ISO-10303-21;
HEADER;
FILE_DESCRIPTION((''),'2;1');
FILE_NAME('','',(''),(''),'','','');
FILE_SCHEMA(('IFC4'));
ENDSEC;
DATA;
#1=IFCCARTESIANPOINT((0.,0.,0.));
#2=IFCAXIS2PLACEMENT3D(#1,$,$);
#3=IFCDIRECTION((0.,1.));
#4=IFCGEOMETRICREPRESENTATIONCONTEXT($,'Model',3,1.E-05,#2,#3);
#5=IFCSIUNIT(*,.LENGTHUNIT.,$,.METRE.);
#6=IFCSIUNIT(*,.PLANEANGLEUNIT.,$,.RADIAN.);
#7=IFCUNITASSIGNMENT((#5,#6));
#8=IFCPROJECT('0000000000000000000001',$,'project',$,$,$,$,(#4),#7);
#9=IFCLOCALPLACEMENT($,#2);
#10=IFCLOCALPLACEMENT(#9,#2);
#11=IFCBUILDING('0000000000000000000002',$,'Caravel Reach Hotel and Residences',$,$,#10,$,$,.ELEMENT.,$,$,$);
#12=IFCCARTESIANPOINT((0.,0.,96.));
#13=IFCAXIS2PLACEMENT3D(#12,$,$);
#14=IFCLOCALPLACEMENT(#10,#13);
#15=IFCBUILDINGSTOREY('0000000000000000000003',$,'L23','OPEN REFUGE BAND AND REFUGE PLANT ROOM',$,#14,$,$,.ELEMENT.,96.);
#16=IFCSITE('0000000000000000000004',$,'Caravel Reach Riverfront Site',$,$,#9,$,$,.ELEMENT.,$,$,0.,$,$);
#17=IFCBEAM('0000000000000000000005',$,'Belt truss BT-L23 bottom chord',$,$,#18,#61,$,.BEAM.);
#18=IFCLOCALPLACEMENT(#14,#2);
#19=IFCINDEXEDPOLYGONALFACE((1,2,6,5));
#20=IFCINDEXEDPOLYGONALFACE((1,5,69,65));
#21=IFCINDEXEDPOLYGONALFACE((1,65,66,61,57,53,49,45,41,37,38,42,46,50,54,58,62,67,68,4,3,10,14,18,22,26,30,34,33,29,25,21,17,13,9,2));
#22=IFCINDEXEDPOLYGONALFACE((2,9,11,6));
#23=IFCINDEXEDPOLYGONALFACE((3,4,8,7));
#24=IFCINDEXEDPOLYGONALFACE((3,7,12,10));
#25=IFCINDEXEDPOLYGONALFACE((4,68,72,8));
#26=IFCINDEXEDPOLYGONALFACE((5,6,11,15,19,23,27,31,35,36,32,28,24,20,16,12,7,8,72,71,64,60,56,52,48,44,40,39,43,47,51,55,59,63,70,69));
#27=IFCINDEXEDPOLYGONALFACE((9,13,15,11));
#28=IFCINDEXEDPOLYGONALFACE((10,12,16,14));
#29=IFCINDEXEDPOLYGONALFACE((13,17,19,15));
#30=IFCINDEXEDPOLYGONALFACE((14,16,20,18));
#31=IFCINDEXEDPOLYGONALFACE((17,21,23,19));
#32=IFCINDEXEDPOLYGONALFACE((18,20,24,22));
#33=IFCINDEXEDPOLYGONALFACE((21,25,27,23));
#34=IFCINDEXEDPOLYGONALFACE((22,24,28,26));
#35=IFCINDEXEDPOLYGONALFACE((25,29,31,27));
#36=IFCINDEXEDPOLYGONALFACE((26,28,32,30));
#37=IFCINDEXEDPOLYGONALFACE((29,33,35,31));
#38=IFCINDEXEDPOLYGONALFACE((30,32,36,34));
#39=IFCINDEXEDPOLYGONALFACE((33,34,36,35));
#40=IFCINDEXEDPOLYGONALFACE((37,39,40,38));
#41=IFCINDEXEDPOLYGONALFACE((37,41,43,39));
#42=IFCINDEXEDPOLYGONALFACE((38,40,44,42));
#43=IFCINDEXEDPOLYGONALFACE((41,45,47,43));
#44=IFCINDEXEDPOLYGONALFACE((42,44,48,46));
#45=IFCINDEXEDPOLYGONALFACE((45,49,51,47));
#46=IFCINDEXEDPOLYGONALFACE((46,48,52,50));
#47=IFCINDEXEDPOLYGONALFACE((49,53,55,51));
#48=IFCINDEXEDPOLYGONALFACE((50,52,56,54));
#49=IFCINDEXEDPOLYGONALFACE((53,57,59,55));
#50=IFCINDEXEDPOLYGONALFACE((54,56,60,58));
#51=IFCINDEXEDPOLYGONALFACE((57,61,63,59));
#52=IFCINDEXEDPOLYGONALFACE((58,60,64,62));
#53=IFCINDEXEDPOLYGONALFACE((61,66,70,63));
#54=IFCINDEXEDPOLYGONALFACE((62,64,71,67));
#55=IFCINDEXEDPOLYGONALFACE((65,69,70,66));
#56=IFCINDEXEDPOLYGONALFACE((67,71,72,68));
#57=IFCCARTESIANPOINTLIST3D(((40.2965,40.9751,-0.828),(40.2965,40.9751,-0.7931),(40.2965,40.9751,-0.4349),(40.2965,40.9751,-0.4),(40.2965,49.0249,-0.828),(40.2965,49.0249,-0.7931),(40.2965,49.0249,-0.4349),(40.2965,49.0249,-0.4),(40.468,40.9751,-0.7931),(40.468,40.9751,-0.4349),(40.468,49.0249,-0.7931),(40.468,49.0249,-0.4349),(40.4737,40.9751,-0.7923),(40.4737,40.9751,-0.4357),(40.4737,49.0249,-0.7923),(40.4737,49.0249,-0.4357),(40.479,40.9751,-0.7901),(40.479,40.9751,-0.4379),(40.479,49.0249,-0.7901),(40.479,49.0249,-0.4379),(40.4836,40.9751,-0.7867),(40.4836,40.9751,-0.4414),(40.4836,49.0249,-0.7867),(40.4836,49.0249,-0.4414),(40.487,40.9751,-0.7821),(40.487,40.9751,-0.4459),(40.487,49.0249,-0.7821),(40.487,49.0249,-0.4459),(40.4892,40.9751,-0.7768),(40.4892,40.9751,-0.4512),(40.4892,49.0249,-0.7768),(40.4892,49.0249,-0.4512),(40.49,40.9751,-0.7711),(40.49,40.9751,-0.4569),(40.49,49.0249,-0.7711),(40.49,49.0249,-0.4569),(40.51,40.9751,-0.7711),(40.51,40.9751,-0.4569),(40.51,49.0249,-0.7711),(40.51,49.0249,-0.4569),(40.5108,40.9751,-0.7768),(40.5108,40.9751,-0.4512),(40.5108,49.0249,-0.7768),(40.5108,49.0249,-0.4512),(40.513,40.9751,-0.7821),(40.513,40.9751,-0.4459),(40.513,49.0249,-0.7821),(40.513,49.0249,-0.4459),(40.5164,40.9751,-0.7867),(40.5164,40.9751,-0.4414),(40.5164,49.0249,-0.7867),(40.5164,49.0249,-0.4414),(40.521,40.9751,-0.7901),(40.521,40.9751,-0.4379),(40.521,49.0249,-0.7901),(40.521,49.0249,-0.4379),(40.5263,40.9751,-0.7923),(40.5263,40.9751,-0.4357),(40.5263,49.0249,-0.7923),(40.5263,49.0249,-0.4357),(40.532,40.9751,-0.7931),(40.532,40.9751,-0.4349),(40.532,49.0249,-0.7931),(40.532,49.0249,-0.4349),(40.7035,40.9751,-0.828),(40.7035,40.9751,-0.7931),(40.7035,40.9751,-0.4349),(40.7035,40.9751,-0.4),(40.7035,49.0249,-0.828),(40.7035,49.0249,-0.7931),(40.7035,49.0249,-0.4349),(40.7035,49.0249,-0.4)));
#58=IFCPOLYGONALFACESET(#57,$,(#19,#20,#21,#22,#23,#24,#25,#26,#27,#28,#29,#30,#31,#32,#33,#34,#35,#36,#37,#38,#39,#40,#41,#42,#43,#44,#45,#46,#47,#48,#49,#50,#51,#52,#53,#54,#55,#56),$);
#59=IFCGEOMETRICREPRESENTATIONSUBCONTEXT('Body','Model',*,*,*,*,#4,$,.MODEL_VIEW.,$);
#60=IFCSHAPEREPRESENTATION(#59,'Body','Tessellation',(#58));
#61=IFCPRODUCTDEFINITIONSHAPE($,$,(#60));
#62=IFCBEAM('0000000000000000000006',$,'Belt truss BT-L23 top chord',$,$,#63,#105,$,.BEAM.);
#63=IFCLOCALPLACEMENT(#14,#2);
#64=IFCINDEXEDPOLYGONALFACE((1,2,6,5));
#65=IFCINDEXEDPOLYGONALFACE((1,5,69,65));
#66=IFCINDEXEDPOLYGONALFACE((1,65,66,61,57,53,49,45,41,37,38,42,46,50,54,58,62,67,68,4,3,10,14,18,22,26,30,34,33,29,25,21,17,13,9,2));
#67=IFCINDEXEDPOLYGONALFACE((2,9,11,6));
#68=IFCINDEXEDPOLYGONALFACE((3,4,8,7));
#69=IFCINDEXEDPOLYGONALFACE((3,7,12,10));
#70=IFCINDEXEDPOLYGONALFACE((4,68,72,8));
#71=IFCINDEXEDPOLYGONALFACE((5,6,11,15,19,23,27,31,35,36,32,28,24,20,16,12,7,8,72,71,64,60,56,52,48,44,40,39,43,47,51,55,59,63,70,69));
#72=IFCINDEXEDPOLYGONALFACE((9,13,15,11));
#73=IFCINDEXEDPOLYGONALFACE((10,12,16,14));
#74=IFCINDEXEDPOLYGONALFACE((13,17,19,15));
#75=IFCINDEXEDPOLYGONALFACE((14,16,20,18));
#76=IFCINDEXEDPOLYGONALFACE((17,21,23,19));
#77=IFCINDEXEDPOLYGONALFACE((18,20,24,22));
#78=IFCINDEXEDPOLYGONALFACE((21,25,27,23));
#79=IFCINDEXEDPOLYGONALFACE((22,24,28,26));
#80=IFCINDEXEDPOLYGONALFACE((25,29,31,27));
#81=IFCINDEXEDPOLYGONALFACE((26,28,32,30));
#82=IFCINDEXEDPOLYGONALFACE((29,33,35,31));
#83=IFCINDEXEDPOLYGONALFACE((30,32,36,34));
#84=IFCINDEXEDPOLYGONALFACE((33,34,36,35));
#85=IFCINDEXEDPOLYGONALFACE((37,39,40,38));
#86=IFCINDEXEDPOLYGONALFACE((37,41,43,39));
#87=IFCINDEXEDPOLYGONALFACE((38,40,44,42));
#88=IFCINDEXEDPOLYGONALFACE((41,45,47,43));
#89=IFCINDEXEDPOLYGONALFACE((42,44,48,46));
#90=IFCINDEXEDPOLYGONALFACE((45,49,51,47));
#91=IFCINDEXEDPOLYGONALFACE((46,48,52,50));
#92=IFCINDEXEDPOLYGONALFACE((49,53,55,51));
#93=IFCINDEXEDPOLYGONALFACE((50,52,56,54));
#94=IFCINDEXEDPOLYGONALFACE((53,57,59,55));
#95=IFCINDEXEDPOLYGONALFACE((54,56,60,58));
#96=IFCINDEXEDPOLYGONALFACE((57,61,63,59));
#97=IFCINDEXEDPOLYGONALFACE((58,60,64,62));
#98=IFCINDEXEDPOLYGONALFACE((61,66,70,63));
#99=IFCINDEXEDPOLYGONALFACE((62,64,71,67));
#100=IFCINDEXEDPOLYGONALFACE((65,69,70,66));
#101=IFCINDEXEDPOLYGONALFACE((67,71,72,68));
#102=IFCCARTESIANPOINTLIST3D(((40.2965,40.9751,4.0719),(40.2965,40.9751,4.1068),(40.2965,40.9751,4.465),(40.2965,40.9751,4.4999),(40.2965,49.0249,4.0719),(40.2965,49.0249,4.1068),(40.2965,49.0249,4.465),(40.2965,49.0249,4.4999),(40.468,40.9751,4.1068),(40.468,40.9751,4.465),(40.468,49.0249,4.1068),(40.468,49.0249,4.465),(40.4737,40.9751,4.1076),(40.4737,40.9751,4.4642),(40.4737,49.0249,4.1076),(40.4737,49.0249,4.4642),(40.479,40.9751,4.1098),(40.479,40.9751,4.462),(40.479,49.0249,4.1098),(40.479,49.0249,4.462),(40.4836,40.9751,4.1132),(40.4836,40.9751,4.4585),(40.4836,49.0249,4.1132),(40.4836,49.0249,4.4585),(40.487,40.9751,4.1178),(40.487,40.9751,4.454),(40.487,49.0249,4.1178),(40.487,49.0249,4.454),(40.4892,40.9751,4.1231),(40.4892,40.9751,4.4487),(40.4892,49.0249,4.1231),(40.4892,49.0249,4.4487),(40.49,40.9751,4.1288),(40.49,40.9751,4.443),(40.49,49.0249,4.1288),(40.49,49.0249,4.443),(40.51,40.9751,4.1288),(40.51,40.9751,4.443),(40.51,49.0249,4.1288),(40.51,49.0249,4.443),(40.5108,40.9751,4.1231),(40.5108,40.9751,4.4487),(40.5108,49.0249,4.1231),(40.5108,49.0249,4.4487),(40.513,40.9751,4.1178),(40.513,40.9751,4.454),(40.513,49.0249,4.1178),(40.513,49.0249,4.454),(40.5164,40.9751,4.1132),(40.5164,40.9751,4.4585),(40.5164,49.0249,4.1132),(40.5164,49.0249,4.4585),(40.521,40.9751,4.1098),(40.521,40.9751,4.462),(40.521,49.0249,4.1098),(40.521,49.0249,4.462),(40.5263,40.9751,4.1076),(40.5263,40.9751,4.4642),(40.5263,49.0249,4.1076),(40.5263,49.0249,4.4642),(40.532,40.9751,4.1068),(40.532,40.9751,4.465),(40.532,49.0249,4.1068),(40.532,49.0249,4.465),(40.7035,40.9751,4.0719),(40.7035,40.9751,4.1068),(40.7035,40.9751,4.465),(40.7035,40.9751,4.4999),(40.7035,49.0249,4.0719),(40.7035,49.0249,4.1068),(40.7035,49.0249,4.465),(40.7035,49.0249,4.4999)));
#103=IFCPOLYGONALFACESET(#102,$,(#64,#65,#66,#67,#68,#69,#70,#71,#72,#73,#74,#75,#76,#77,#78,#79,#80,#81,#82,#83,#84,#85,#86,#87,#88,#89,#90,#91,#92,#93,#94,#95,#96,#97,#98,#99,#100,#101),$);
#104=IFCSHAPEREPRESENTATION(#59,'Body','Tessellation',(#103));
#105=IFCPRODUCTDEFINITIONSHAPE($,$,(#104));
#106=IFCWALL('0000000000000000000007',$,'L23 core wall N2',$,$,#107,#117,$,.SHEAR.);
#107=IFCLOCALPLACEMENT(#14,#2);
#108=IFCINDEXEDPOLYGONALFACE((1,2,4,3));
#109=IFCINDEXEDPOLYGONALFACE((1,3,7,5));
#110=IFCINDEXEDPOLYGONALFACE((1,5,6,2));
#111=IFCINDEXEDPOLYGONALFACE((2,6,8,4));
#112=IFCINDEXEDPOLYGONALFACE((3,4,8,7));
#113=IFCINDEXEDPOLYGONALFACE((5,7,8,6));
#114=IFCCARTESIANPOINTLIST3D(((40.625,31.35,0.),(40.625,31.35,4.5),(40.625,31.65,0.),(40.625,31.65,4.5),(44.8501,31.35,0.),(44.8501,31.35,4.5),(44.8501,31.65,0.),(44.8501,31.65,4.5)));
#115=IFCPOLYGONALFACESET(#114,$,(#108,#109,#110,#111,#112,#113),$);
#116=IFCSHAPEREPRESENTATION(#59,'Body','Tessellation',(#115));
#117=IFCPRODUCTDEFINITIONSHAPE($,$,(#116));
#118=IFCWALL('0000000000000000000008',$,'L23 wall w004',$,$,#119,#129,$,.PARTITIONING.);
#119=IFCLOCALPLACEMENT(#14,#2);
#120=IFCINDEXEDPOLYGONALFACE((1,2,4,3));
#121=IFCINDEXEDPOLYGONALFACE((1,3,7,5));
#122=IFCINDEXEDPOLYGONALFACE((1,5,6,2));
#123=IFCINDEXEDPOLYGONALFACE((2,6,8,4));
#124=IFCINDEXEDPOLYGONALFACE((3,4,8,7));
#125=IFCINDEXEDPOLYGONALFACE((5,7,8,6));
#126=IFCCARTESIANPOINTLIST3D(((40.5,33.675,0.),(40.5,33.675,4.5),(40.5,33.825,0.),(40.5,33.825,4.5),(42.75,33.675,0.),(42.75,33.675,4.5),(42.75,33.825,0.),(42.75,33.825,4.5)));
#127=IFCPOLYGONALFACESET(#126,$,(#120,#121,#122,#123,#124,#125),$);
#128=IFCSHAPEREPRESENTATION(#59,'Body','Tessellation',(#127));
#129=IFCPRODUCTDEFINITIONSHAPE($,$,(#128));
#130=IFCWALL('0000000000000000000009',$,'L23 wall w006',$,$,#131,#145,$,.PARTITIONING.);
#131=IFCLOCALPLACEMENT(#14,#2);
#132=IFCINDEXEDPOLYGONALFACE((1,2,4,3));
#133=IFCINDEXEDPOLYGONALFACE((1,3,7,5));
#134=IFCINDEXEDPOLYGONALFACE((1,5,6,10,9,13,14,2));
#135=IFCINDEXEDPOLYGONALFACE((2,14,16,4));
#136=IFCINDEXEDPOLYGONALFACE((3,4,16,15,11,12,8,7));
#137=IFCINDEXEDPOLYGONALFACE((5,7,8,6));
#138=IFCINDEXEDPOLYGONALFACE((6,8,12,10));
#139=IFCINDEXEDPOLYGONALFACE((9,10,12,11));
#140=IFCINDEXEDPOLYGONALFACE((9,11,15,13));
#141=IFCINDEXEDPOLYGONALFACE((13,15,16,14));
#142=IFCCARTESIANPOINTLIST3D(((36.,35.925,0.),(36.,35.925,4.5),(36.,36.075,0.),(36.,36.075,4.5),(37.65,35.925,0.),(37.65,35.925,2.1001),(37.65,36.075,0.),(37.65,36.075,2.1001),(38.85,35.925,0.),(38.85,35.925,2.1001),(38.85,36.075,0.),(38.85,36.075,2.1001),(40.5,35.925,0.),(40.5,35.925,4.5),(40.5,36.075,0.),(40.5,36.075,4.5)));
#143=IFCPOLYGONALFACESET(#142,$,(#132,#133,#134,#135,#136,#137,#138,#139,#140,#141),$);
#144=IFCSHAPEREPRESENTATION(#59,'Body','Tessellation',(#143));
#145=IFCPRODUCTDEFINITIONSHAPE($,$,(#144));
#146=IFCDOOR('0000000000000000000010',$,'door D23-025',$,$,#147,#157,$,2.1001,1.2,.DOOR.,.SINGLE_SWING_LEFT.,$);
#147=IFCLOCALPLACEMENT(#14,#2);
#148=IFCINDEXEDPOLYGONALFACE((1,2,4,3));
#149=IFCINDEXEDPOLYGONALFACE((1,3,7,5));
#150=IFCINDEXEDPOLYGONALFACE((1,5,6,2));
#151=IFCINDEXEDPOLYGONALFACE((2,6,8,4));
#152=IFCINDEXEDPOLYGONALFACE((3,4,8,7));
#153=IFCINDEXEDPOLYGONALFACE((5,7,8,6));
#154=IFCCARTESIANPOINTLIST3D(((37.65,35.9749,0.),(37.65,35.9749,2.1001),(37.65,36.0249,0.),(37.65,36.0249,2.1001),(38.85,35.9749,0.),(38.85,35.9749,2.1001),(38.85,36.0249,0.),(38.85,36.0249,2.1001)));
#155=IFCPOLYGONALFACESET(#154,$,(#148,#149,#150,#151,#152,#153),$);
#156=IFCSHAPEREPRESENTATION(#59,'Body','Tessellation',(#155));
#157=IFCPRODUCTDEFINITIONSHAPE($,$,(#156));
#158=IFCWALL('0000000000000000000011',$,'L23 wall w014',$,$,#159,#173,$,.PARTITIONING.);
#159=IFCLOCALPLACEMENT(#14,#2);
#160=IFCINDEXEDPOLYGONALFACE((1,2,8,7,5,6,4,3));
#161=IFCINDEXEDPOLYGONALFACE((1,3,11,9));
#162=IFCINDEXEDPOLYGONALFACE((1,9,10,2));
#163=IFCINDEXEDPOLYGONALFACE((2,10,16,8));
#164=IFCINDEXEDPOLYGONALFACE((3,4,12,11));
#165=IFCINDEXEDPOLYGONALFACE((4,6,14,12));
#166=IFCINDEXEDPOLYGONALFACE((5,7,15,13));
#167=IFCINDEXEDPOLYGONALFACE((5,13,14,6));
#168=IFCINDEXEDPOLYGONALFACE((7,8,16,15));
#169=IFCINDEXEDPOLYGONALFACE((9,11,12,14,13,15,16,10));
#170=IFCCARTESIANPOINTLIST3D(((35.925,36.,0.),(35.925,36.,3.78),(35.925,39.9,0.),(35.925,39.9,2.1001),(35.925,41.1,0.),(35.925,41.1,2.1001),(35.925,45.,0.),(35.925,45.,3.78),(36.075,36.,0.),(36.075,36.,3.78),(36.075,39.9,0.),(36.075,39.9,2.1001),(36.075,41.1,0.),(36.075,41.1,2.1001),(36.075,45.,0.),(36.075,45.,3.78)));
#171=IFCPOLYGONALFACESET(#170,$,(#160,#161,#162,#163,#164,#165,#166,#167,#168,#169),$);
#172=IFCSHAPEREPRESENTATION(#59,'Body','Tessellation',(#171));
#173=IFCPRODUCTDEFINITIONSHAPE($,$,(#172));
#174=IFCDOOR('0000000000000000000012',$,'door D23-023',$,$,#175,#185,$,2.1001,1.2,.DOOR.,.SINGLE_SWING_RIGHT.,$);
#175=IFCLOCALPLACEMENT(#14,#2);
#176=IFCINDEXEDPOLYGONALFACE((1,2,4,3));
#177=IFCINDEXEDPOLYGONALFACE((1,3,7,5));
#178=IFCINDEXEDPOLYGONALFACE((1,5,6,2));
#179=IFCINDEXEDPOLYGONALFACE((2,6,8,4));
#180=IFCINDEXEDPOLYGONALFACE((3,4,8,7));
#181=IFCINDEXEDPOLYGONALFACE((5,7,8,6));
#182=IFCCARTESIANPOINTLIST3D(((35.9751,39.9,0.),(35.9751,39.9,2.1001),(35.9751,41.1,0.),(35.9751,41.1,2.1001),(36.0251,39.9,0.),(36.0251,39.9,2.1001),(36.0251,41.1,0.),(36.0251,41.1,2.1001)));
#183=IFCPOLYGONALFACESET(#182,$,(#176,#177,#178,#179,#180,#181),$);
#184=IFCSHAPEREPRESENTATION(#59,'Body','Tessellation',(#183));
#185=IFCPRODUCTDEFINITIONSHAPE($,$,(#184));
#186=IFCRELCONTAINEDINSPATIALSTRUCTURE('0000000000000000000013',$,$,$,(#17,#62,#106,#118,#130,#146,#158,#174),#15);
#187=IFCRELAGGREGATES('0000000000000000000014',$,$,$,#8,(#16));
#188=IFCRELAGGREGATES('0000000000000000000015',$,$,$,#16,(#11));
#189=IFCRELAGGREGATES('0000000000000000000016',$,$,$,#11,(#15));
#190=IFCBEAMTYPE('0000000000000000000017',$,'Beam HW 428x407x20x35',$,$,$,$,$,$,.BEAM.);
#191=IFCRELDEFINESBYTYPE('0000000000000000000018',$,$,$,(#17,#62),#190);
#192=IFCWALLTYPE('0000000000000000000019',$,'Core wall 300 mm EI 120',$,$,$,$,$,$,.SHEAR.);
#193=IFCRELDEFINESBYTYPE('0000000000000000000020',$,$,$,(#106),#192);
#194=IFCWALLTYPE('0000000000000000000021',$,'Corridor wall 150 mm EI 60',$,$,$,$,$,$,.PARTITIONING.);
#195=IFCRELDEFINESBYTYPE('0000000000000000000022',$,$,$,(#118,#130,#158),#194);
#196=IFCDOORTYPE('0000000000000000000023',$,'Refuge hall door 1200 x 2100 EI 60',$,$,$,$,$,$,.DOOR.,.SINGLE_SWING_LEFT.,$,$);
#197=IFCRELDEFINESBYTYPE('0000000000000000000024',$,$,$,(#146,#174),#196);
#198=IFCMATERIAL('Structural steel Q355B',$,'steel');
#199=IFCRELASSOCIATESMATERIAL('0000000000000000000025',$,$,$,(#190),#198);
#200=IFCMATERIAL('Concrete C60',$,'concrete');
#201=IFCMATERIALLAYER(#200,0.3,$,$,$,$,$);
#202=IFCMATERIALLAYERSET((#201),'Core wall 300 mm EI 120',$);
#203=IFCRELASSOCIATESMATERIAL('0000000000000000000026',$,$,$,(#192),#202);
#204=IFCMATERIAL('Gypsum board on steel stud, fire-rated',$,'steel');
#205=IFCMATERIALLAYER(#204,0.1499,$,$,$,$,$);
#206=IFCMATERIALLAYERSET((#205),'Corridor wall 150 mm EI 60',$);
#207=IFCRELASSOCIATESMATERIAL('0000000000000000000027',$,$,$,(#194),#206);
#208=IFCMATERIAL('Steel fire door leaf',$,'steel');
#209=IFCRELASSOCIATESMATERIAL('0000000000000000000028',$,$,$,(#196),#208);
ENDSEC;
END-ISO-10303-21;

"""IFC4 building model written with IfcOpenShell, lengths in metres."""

from ifc_helpers import new_model, si_unit, direction, frame, frame_2d, origin, origin_2d, place, context, subcontext, project, spatial, rectangle, i_section, extrude, material, layer, layer_set, material_profile, profile_set, type_object, element, fill, save


model = new_model("IFC4")

# Units and contexts
model_context = context("Model", 3, precision=1e-05, world=origin(), true_north=direction((0.0, 1.0)))
body_context = subcontext(model_context, "Body", "Model", "MODEL_VIEW")
ifc_project = project(units=[si_unit("LENGTHUNIT", "METRE"), si_unit("PLANEANGLEUNIT", "RADIAN")], contexts=[model_context])

# Site, building, storey
site_placement = place(None, origin())
site = spatial("IfcSite", under=ifc_project, at=site_placement, Name="Caravel Reach Riverfront Site", CompositionType="ELEMENT", RefElevation=0.0)
building_placement = place(site_placement, origin())
building = spatial("IfcBuilding", under=site, at=building_placement, Name="Caravel Reach Hotel and Residences", CompositionType="ELEMENT")
storey_placement = place(building_placement, frame((0.0, 0.0, 96.0)))
storey = spatial("IfcBuildingStorey", under=building, at=storey_placement, Name="L23", Description="OPEN REFUGE BAND AND REFUGE PLANT ROOM", CompositionType="ELEMENT", Elevation=96.0)

# Beams
ifc_material_1 = material(Name="Structural steel Q355B", Category="steel")
ifc_material_profile_1 = material_profile(ifc_material_1, i_section(OverallWidth=0.407, OverallDepth=0.428, WebThickness=0.02, FlangeThickness=0.0349, FilletRadius=0.022, at=origin_2d()), Name="HW 428x407x20x35")
ifc_profile_set_1 = profile_set([ifc_material_profile_1], Name="Structural steel Q355B")
beam_type_1 = type_object("IfcBeamType", Name="Beam HW 428x407x20x35", PredefinedType="BEAM", material=ifc_profile_set_1)
for number, where, z_axis, x_axis, name in (
    (1, (40.5, 40.9751, -0.614), (0.0, 1.0, 0.0), (-1.0, 0.0, 0.0), "Belt truss BT-L23 bottom chord"),
    (2, (40.5, 40.9751, 4.2859), (0.0, 1.0, 0.0), (-1.0, 0.0, 0.0), "Belt truss BT-L23 top chord"),
):
    element("IfcBeam", number, at=place(storey_placement, frame(where, z_axis=z_axis, x_axis=x_axis)), inside=storey, type_object=beam_type_1, Name=name, PredefinedType="BEAM", context=body_context, shape_type="SweptSolid", body=[
        extrude(i_section(OverallWidth=0.407, OverallDepth=0.428, WebThickness=0.02, FlangeThickness=0.0349, FilletRadius=0.022, at=origin_2d()), origin(), (0.0, 0.0, 1.0), 8.0498),
    ])

# Walls
ifc_material_2 = material(Name="Concrete C60", Category="concrete")
ifc_layer_1 = layer(ifc_material_2, 0.3)
ifc_layer_set_1 = layer_set([ifc_layer_1], Name="Core wall 300 mm EI 120")
wall_type_1 = type_object("IfcWallType", Name="Core wall 300 mm EI 120", PredefinedType="SHEAR", material=ifc_layer_set_1)
wall_1_placement = place(storey_placement, frame((40.625, 31.5, 0.0), z_axis=(0.0, 0.0, 1.0), x_axis=(1.0, 0.0, 0.0)))
element("IfcWall", 3, at=wall_1_placement, inside=storey, type_object=wall_type_1, Name="L23 core wall N2", PredefinedType="SHEAR", context=body_context, shape_type="SweptSolid", body=[
    extrude(rectangle(XDim=4.2251, YDim=0.3, at=frame_2d((2.1125, 0.0))), origin(), (0.0, 0.0, 1.0), 4.5),
])
ifc_material_3 = material(Name="Gypsum board on steel stud, fire-rated", Category="steel")
ifc_layer_2 = layer(ifc_material_3, 0.1499)
ifc_layer_set_2 = layer_set([ifc_layer_2], Name="Corridor wall 150 mm EI 60")
wall_type_2 = type_object("IfcWallType", Name="Corridor wall 150 mm EI 60", PredefinedType="PARTITIONING", material=ifc_layer_set_2)
wall_2_placement = place(storey_placement, frame((40.5, 33.75, 0.0), z_axis=(0.0, 0.0, 1.0), x_axis=(1.0, 0.0, 0.0)))
element("IfcWall", 4, at=wall_2_placement, inside=storey, type_object=wall_type_2, Name="L23 wall w004", PredefinedType="PARTITIONING", context=body_context, shape_type="SweptSolid", body=[
    extrude(rectangle(XDim=2.25, YDim=0.1499, at=frame_2d((1.125, 0.0))), origin(), (0.0, 0.0, 1.0), 4.5),
])

# Walls, openings, doors
wall_3_placement = place(storey_placement, frame((36.0, 36.0, 0.0), z_axis=(0.0, 0.0, 1.0), x_axis=(1.0, 0.0, 0.0)))
wall_3 = element("IfcWall", 5, at=wall_3_placement, inside=storey, type_object=wall_type_2, Name="L23 wall w006", PredefinedType="PARTITIONING", context=body_context, shape_type="SweptSolid", body=[
    extrude(rectangle(XDim=4.5, YDim=0.1499, at=frame_2d((2.25, 0.0))), origin(), (0.0, 0.0, 1.0), 4.5),
])
opening_1_placement = place(wall_3_placement, frame((1.6499, 0.0, 0.0)))
opening_1 = element("IfcOpeningElement", 6, at=opening_1_placement, cuts=wall_3, PredefinedType="OPENING", context=body_context, shape_type="SweptSolid", body=[
    extrude(rectangle(XDim=1.2, YDim=2.1001, at=frame_2d((0.6001, 1.05))), frame((0.0, 0.085, 0.0), z_axis=(0.0, -1.0, 0.0), x_axis=(1.0, 0.0, 0.0)), (0.0, 0.0, 1.0), 0.1699),
])
ifc_material_4 = material(Name="Steel fire door leaf", Category="steel")
door_type_1 = type_object("IfcDoorType", Name="Refuge hall door 1200 x 2100 EI 60", OperationType="SINGLE_SWING_LEFT", PredefinedType="DOOR", material=ifc_material_4)
door_1_placement = place(opening_1_placement, origin())
door_1 = element("IfcDoor", 7, at=door_1_placement, inside=storey, type_object=door_type_1, Name="door D23-025", OperationType="SINGLE_SWING_LEFT", OverallHeight=2.1001, OverallWidth=1.2, PredefinedType="DOOR", context=body_context, shape_type="SweptSolid", body=[
    extrude(rectangle(XDim=1.2, YDim=2.1001, at=frame_2d((0.6001, 1.05))), frame((0.0, 0.0249, 0.0), z_axis=(0.0, -1.0, 0.0), x_axis=(1.0, 0.0, 0.0)), (0.0, 0.0, 1.0), 0.05),
])
fill(opening_1, door_1)
wall_4_placement = place(storey_placement, frame((36.0, 36.0, 0.0), z_axis=(0.0, 0.0, 1.0), x_axis=(0.0, 1.0, 0.0)))
wall_4 = element("IfcWall", 8, at=wall_4_placement, inside=storey, type_object=wall_type_2, Name="L23 wall w014", PredefinedType="PARTITIONING", context=body_context, shape_type="SweptSolid", body=[
    extrude(rectangle(XDim=9.0, YDim=0.1499, at=frame_2d((4.5, 0.0))), origin(), (0.0, 0.0, 1.0), 3.78),
])
opening_2_placement = place(wall_4_placement, frame((3.8999, 0.0, 0.0)))
opening_2 = element("IfcOpeningElement", 9, at=opening_2_placement, cuts=wall_4, PredefinedType="OPENING", context=body_context, shape_type="SweptSolid", body=[
    extrude(rectangle(XDim=1.2, YDim=2.1001, at=frame_2d((0.6001, 1.05))), frame((0.0, 0.085, 0.0), z_axis=(0.0, -1.0, 0.0), x_axis=(1.0, 0.0, 0.0)), (0.0, 0.0, 1.0), 0.1699),
])
door_2_placement = place(opening_2_placement, origin())
door_2 = element("IfcDoor", 10, at=door_2_placement, inside=storey, type_object=door_type_1, Name="door D23-023", OperationType="SINGLE_SWING_RIGHT", OverallHeight=2.1001, OverallWidth=1.2, PredefinedType="DOOR", context=body_context, shape_type="SweptSolid", body=[
    extrude(rectangle(XDim=1.2, YDim=2.1001, at=frame_2d((0.6001, 1.05))), frame((0.0, 0.0249, 0.0), z_axis=(0.0, -1.0, 0.0), x_axis=(1.0, 0.0, 0.0)), (0.0, 0.0, 1.0), 0.05),
])
fill(opening_2, door_2)

save(model, "model.ifc")
